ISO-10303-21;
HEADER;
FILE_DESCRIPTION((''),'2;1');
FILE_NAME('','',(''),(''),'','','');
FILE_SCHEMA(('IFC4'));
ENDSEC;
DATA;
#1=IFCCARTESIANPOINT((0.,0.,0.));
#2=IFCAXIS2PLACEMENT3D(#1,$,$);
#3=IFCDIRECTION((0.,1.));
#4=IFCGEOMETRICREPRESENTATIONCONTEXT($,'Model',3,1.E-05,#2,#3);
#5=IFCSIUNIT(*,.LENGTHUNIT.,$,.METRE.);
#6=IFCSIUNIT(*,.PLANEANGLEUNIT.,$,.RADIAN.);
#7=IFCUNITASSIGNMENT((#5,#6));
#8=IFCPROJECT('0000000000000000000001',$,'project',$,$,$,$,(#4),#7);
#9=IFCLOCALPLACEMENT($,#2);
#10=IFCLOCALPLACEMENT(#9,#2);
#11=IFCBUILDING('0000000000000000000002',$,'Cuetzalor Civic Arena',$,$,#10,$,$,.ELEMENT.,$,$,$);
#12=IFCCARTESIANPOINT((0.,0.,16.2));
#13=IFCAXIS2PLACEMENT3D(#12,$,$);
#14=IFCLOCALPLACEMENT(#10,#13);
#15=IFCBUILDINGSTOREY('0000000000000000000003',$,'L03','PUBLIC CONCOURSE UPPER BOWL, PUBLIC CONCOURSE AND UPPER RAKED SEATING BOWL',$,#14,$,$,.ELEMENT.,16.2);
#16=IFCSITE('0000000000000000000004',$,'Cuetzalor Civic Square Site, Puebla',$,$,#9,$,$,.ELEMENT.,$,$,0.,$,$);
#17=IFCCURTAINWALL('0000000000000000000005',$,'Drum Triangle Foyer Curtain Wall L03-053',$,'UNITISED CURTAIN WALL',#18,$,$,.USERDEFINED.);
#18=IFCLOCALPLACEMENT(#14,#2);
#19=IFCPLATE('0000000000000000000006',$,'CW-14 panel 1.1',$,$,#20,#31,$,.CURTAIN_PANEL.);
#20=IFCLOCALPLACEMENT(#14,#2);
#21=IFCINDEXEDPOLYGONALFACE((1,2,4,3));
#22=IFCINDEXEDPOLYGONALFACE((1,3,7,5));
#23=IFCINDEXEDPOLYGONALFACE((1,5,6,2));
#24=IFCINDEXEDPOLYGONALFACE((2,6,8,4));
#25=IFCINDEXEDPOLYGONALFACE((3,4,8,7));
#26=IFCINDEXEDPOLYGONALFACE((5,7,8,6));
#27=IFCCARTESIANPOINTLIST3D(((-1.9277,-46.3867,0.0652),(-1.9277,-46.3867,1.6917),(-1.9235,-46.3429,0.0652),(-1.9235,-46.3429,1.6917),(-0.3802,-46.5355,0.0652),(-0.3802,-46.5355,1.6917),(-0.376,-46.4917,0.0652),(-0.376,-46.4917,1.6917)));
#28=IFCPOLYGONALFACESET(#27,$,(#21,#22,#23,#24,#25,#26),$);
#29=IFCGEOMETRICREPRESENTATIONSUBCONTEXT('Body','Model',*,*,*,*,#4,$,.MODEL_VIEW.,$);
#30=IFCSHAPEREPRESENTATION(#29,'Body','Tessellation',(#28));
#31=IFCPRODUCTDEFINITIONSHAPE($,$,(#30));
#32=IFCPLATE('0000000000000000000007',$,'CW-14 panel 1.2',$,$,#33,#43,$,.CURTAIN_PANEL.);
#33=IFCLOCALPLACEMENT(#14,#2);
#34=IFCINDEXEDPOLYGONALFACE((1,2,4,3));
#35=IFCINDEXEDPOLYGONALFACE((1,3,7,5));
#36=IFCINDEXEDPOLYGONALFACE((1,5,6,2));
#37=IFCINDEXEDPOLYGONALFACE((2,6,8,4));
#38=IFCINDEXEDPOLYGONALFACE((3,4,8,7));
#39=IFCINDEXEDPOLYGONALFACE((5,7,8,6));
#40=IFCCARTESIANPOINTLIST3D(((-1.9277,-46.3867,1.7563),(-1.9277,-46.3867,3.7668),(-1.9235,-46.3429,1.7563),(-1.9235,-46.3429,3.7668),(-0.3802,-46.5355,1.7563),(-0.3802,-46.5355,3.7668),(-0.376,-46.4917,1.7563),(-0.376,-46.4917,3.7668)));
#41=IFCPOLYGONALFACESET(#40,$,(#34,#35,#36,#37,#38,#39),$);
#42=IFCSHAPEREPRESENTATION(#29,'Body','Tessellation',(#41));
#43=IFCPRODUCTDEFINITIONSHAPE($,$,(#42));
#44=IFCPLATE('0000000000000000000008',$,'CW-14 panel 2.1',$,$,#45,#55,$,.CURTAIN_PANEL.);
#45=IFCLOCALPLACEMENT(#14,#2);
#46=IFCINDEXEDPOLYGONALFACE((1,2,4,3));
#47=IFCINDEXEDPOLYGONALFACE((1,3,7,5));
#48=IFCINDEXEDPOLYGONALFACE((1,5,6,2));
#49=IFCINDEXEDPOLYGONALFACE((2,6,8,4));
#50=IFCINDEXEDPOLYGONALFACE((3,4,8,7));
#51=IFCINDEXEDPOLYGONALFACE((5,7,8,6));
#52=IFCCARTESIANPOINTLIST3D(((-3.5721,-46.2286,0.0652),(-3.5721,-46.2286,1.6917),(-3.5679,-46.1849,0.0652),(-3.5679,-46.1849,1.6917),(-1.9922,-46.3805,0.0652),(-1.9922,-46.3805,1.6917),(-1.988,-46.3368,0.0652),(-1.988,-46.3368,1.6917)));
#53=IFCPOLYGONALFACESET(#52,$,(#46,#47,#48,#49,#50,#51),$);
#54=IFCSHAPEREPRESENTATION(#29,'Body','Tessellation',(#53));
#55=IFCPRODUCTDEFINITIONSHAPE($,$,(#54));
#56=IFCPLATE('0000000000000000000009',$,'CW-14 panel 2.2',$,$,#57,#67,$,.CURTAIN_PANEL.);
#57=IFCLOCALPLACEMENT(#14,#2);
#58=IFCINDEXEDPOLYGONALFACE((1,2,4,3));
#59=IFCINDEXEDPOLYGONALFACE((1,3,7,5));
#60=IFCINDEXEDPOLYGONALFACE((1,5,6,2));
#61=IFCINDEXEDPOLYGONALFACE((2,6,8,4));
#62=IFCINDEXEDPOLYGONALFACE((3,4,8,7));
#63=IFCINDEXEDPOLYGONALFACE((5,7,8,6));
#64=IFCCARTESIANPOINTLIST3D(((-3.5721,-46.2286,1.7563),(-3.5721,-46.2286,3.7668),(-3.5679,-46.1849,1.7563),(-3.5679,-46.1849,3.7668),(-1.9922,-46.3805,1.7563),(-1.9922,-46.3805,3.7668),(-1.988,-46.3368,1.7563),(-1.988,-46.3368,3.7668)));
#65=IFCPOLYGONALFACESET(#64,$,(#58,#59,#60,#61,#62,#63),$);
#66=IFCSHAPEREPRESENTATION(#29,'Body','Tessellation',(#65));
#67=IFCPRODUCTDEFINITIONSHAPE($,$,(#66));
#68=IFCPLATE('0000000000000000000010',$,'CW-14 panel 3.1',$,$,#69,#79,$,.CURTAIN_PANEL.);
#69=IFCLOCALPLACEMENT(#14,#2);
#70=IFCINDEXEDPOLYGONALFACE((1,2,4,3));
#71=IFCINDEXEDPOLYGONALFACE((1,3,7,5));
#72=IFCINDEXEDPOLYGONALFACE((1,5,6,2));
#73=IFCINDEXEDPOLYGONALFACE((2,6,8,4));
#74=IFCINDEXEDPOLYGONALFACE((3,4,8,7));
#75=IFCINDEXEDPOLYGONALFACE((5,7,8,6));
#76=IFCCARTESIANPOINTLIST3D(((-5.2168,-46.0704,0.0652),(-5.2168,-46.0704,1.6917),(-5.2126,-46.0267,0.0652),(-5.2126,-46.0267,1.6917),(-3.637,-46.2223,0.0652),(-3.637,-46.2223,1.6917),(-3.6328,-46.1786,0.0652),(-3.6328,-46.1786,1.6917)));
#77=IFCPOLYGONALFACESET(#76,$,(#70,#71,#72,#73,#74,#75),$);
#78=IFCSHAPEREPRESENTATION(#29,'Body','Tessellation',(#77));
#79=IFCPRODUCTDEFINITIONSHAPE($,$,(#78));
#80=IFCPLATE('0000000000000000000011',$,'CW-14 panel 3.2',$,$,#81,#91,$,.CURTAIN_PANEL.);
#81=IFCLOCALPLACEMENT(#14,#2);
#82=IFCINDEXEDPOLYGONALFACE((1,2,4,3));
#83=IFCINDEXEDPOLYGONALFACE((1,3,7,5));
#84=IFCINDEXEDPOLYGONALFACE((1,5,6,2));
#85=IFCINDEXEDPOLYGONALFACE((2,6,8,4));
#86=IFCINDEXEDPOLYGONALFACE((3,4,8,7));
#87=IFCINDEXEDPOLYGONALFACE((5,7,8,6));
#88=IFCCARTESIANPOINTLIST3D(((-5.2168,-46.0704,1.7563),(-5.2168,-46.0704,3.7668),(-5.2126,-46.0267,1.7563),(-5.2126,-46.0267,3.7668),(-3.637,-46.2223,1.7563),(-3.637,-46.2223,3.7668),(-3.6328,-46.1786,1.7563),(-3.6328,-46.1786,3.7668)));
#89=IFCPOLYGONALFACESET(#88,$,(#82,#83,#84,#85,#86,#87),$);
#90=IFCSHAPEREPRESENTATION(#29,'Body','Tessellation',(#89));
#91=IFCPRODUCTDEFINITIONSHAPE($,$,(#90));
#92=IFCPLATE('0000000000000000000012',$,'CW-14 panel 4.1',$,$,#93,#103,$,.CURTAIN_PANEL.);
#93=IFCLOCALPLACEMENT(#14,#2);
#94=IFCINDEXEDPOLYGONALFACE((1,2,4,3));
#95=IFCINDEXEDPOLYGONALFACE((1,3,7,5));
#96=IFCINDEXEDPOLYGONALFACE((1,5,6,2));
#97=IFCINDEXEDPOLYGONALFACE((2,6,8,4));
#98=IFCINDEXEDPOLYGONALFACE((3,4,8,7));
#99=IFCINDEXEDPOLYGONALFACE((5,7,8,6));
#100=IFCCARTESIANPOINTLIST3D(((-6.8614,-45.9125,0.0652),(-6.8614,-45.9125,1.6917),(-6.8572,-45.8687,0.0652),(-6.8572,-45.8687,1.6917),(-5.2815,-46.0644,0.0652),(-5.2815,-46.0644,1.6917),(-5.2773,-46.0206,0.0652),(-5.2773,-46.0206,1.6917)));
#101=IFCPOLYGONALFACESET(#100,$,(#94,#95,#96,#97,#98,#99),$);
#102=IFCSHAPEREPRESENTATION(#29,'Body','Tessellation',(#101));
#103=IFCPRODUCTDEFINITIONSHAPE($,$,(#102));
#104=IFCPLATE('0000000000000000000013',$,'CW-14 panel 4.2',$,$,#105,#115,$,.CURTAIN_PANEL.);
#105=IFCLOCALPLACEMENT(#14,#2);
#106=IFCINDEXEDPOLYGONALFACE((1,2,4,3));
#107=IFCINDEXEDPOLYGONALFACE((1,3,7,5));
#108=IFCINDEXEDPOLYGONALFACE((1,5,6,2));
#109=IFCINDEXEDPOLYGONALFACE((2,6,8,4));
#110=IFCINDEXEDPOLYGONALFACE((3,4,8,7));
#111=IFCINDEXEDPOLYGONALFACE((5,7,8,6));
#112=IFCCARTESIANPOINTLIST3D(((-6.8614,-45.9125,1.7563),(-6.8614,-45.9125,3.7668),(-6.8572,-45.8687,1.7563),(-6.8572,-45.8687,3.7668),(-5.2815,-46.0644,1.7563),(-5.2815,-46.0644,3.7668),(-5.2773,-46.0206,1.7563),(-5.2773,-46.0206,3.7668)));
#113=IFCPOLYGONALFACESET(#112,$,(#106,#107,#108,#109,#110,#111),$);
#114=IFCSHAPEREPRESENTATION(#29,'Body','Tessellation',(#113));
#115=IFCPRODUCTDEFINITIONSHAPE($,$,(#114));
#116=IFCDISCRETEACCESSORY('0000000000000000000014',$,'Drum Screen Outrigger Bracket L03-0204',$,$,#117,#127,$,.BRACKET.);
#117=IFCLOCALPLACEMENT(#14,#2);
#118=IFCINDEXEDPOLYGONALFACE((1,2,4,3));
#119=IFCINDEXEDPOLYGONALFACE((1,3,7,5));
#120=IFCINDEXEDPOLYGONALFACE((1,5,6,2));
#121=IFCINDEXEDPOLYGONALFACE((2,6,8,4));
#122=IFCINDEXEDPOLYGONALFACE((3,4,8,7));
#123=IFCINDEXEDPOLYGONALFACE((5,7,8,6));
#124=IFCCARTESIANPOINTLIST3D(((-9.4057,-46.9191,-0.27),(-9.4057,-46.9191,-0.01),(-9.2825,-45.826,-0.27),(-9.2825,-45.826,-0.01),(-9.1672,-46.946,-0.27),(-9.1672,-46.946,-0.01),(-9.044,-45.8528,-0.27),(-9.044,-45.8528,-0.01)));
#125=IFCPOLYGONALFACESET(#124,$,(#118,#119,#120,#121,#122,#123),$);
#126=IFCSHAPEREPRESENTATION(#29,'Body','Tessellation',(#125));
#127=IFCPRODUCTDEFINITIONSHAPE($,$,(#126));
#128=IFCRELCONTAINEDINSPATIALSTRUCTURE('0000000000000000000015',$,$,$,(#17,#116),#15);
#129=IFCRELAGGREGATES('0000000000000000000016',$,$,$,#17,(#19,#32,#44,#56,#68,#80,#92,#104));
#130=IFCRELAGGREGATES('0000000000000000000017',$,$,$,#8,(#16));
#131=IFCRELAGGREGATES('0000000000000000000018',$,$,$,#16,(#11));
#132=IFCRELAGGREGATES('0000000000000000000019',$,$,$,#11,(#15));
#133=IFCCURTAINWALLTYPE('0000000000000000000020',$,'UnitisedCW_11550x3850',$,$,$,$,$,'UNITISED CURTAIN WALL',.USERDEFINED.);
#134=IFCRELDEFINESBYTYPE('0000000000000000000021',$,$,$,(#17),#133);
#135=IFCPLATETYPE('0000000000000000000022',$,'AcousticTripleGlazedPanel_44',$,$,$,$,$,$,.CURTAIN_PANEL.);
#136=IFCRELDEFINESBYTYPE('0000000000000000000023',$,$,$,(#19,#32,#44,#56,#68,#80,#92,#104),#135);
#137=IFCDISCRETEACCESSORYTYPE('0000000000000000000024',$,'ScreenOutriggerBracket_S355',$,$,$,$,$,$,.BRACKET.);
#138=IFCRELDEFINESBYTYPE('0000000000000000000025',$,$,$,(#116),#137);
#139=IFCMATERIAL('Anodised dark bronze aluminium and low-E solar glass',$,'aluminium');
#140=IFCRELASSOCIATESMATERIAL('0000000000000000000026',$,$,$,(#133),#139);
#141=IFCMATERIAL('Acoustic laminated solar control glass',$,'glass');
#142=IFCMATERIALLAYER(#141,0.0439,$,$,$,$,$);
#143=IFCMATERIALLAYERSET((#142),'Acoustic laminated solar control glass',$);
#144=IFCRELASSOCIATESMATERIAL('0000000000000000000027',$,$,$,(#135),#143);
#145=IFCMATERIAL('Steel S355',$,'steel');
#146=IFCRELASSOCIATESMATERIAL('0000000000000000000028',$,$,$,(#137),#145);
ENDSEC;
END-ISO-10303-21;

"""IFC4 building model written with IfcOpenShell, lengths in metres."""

from ifc_helpers import new_model, si_unit, direction, frame, origin, origin_2d, place, context, subcontext, project, spatial, rectangle, extrude, material, layer, layer_set, type_object, element, aggregate, save


model = new_model("IFC4")

# Units and contexts
model_context = context("Model", 3, precision=1e-05, world=origin(), true_north=direction((0.0, 1.0)))
body_context = subcontext(model_context, "Body", "Model", "MODEL_VIEW")
ifc_project = project(units=[si_unit("LENGTHUNIT", "METRE"), si_unit("PLANEANGLEUNIT", "RADIAN")], contexts=[model_context])

# Site, building, storey
site_placement = place(None, origin())
site = spatial("IfcSite", under=ifc_project, at=site_placement, Name="Cuetzalor Civic Square Site, Puebla", CompositionType="ELEMENT", RefElevation=0.0)
building_placement = place(site_placement, origin())
building = spatial("IfcBuilding", under=site, at=building_placement, Name="Cuetzalor Civic Arena", CompositionType="ELEMENT")
storey_placement = place(building_placement, frame((0.0, 0.0, 16.2)))
storey = spatial("IfcBuildingStorey", under=building, at=storey_placement, Name="L03", Description="PUBLIC CONCOURSE UPPER BOWL, PUBLIC CONCOURSE AND UPPER RAKED SEATING BOWL", CompositionType="ELEMENT", Elevation=16.2)

# Curtain wall, plates
ifc_material_1 = material(Name="Anodised dark bronze aluminium and low-E solar glass", Category="aluminium")
curtain_wall_type = type_object("IfcCurtainWallType", Name="UnitisedCW_11550x3850", ElementType="UNITISED CURTAIN WALL", PredefinedType="USERDEFINED", material=ifc_material_1)
curtain_wall_placement = place(storey_placement, origin())
curtain_wall = element("IfcCurtainWall", 1, at=curtain_wall_placement, inside=storey, type_object=curtain_wall_type, Name="Drum Triangle Foyer Curtain Wall L03-053", ObjectType="UNITISED CURTAIN WALL", PredefinedType="USERDEFINED")
ifc_material_2 = material(Name="Acoustic laminated solar control glass", Category="glass")
ifc_layer = layer(ifc_material_2, 0.0439)
ifc_layer_set = layer_set([ifc_layer], Name="Acoustic laminated solar control glass")
plate_type = type_object("IfcPlateType", Name="AcousticTripleGlazedPanel_44", PredefinedType="CURTAIN_PANEL", material=ifc_layer_set)
plate_1_placement = place(storey_placement, frame((-1.1519, -46.4392, 0.0652), z_axis=(0.0, 0.0, 1.0), x_axis=(-0.995409, 0.095711, 0.0)))
plate_1 = element("IfcPlate", 2, at=plate_1_placement, type_object=plate_type, Name="CW-14 panel 1.1", PredefinedType="CURTAIN_PANEL", context=body_context, shape_type="SweptSolid", body=[
    extrude(rectangle(XDim=1.5547, YDim=0.0439, at=origin_2d()), origin(), (0.0, 0.0, 1.0), 1.6265),
])
plate_2_placement = place(storey_placement, frame((-1.1519, -46.4392, 1.7563), z_axis=(0.0, 0.0, 1.0), x_axis=(-0.995409, 0.095711, 0.0)))
plate_2 = element("IfcPlate", 3, at=plate_2_placement, type_object=plate_type, Name="CW-14 panel 1.2", PredefinedType="CURTAIN_PANEL", context=body_context, shape_type="SweptSolid", body=[
    extrude(rectangle(XDim=1.5547, YDim=0.0439, at=origin_2d()), origin(), (0.0, 0.0, 1.0), 2.0105),
])
plate_3_placement = place(storey_placement, frame((-2.78, -46.2827, 0.0652), z_axis=(0.0, 0.0, 1.0), x_axis=(-0.995409, 0.095711, 0.0)))
plate_3 = element("IfcPlate", 4, at=plate_3_placement, type_object=plate_type, Name="CW-14 panel 2.1", PredefinedType="CURTAIN_PANEL", context=body_context, shape_type="SweptSolid", body=[
    extrude(rectangle(XDim=1.5872, YDim=0.0439, at=origin_2d()), origin(), (0.0, 0.0, 1.0), 1.6265),
])
plate_4_placement = place(storey_placement, frame((-2.78, -46.2827, 1.7563), z_axis=(0.0, 0.0, 1.0), x_axis=(-0.995409, 0.095711, 0.0)))
plate_4 = element("IfcPlate", 5, at=plate_4_placement, type_object=plate_type, Name="CW-14 panel 2.2", PredefinedType="CURTAIN_PANEL", context=body_context, shape_type="SweptSolid", body=[
    extrude(rectangle(XDim=1.5872, YDim=0.0439, at=origin_2d()), origin(), (0.0, 0.0, 1.0), 2.0105),
])
plate_5_placement = place(storey_placement, frame((-4.4248, -46.1245, 0.0652), z_axis=(0.0, 0.0, 1.0), x_axis=(-0.995409, 0.095711, 0.0)))
plate_5 = element("IfcPlate", 6, at=plate_5_placement, type_object=plate_type, Name="CW-14 panel 3.1", PredefinedType="CURTAIN_PANEL", context=body_context, shape_type="SweptSolid", body=[
    extrude(rectangle(XDim=1.5872, YDim=0.0439, at=origin_2d()), origin(), (0.0, 0.0, 1.0), 1.6265),
])
plate_6_placement = place(storey_placement, frame((-4.4248, -46.1245, 1.7563), z_axis=(0.0, 0.0, 1.0), x_axis=(-0.995409, 0.095711, 0.0)))
plate_6 = element("IfcPlate", 7, at=plate_6_placement, type_object=plate_type, Name="CW-14 panel 3.2", PredefinedType="CURTAIN_PANEL", context=body_context, shape_type="SweptSolid", body=[
    extrude(rectangle(XDim=1.5872, YDim=0.0439, at=origin_2d()), origin(), (0.0, 0.0, 1.0), 2.0105),
])
plate_7_placement = place(storey_placement, frame((-6.0693, -45.9666, 0.0652), z_axis=(0.0, 0.0, 1.0), x_axis=(-0.995409, 0.095711, 0.0)))
plate_7 = element("IfcPlate", 8, at=plate_7_placement, type_object=plate_type, Name="CW-14 panel 4.1", PredefinedType="CURTAIN_PANEL", context=body_context, shape_type="SweptSolid", body=[
    extrude(rectangle(XDim=1.5872, YDim=0.0439, at=origin_2d()), origin(), (0.0, 0.0, 1.0), 1.6265),
])
plate_8_placement = place(storey_placement, frame((-6.0693, -45.9666, 1.7563), z_axis=(0.0, 0.0, 1.0), x_axis=(-0.995409, 0.095711, 0.0)))
plate_8 = element("IfcPlate", 9, at=plate_8_placement, type_object=plate_type, Name="CW-14 panel 4.2", PredefinedType="CURTAIN_PANEL", context=body_context, shape_type="SweptSolid", body=[
    extrude(rectangle(XDim=1.5872, YDim=0.0439, at=origin_2d()), origin(), (0.0, 0.0, 1.0), 2.0105),
])
aggregate(curtain_wall, [plate_1, plate_2, plate_3, plate_4, plate_5, plate_6, plate_7, plate_8])

# Discrete accessory
ifc_material_3 = material(Name="Steel S355", Category="steel")
discrete_accessory_type = type_object("IfcDiscreteAccessoryType", Name="ScreenOutriggerBracket_S355", PredefinedType="BRACKET", material=ifc_material_3)
discrete_accessory_placement = place(storey_placement, frame((-9.2249, -46.386, -0.27), z_axis=(0.0, 0.0, 1.0), x_axis=(-0.111989, -0.993709, 0.0)))
element("IfcDiscreteAccessory", 10, at=discrete_accessory_placement, inside=storey, type_object=discrete_accessory_type, Name="Drum Screen Outrigger Bracket L03-0204", PredefinedType="BRACKET", context=body_context, shape_type="SweptSolid", body=[
    extrude(rectangle(XDim=1.1001, YDim=0.24, at=origin_2d()), origin(), (0.0, 0.0, 1.0), 0.26),
])

save(model, "model.ifc")
